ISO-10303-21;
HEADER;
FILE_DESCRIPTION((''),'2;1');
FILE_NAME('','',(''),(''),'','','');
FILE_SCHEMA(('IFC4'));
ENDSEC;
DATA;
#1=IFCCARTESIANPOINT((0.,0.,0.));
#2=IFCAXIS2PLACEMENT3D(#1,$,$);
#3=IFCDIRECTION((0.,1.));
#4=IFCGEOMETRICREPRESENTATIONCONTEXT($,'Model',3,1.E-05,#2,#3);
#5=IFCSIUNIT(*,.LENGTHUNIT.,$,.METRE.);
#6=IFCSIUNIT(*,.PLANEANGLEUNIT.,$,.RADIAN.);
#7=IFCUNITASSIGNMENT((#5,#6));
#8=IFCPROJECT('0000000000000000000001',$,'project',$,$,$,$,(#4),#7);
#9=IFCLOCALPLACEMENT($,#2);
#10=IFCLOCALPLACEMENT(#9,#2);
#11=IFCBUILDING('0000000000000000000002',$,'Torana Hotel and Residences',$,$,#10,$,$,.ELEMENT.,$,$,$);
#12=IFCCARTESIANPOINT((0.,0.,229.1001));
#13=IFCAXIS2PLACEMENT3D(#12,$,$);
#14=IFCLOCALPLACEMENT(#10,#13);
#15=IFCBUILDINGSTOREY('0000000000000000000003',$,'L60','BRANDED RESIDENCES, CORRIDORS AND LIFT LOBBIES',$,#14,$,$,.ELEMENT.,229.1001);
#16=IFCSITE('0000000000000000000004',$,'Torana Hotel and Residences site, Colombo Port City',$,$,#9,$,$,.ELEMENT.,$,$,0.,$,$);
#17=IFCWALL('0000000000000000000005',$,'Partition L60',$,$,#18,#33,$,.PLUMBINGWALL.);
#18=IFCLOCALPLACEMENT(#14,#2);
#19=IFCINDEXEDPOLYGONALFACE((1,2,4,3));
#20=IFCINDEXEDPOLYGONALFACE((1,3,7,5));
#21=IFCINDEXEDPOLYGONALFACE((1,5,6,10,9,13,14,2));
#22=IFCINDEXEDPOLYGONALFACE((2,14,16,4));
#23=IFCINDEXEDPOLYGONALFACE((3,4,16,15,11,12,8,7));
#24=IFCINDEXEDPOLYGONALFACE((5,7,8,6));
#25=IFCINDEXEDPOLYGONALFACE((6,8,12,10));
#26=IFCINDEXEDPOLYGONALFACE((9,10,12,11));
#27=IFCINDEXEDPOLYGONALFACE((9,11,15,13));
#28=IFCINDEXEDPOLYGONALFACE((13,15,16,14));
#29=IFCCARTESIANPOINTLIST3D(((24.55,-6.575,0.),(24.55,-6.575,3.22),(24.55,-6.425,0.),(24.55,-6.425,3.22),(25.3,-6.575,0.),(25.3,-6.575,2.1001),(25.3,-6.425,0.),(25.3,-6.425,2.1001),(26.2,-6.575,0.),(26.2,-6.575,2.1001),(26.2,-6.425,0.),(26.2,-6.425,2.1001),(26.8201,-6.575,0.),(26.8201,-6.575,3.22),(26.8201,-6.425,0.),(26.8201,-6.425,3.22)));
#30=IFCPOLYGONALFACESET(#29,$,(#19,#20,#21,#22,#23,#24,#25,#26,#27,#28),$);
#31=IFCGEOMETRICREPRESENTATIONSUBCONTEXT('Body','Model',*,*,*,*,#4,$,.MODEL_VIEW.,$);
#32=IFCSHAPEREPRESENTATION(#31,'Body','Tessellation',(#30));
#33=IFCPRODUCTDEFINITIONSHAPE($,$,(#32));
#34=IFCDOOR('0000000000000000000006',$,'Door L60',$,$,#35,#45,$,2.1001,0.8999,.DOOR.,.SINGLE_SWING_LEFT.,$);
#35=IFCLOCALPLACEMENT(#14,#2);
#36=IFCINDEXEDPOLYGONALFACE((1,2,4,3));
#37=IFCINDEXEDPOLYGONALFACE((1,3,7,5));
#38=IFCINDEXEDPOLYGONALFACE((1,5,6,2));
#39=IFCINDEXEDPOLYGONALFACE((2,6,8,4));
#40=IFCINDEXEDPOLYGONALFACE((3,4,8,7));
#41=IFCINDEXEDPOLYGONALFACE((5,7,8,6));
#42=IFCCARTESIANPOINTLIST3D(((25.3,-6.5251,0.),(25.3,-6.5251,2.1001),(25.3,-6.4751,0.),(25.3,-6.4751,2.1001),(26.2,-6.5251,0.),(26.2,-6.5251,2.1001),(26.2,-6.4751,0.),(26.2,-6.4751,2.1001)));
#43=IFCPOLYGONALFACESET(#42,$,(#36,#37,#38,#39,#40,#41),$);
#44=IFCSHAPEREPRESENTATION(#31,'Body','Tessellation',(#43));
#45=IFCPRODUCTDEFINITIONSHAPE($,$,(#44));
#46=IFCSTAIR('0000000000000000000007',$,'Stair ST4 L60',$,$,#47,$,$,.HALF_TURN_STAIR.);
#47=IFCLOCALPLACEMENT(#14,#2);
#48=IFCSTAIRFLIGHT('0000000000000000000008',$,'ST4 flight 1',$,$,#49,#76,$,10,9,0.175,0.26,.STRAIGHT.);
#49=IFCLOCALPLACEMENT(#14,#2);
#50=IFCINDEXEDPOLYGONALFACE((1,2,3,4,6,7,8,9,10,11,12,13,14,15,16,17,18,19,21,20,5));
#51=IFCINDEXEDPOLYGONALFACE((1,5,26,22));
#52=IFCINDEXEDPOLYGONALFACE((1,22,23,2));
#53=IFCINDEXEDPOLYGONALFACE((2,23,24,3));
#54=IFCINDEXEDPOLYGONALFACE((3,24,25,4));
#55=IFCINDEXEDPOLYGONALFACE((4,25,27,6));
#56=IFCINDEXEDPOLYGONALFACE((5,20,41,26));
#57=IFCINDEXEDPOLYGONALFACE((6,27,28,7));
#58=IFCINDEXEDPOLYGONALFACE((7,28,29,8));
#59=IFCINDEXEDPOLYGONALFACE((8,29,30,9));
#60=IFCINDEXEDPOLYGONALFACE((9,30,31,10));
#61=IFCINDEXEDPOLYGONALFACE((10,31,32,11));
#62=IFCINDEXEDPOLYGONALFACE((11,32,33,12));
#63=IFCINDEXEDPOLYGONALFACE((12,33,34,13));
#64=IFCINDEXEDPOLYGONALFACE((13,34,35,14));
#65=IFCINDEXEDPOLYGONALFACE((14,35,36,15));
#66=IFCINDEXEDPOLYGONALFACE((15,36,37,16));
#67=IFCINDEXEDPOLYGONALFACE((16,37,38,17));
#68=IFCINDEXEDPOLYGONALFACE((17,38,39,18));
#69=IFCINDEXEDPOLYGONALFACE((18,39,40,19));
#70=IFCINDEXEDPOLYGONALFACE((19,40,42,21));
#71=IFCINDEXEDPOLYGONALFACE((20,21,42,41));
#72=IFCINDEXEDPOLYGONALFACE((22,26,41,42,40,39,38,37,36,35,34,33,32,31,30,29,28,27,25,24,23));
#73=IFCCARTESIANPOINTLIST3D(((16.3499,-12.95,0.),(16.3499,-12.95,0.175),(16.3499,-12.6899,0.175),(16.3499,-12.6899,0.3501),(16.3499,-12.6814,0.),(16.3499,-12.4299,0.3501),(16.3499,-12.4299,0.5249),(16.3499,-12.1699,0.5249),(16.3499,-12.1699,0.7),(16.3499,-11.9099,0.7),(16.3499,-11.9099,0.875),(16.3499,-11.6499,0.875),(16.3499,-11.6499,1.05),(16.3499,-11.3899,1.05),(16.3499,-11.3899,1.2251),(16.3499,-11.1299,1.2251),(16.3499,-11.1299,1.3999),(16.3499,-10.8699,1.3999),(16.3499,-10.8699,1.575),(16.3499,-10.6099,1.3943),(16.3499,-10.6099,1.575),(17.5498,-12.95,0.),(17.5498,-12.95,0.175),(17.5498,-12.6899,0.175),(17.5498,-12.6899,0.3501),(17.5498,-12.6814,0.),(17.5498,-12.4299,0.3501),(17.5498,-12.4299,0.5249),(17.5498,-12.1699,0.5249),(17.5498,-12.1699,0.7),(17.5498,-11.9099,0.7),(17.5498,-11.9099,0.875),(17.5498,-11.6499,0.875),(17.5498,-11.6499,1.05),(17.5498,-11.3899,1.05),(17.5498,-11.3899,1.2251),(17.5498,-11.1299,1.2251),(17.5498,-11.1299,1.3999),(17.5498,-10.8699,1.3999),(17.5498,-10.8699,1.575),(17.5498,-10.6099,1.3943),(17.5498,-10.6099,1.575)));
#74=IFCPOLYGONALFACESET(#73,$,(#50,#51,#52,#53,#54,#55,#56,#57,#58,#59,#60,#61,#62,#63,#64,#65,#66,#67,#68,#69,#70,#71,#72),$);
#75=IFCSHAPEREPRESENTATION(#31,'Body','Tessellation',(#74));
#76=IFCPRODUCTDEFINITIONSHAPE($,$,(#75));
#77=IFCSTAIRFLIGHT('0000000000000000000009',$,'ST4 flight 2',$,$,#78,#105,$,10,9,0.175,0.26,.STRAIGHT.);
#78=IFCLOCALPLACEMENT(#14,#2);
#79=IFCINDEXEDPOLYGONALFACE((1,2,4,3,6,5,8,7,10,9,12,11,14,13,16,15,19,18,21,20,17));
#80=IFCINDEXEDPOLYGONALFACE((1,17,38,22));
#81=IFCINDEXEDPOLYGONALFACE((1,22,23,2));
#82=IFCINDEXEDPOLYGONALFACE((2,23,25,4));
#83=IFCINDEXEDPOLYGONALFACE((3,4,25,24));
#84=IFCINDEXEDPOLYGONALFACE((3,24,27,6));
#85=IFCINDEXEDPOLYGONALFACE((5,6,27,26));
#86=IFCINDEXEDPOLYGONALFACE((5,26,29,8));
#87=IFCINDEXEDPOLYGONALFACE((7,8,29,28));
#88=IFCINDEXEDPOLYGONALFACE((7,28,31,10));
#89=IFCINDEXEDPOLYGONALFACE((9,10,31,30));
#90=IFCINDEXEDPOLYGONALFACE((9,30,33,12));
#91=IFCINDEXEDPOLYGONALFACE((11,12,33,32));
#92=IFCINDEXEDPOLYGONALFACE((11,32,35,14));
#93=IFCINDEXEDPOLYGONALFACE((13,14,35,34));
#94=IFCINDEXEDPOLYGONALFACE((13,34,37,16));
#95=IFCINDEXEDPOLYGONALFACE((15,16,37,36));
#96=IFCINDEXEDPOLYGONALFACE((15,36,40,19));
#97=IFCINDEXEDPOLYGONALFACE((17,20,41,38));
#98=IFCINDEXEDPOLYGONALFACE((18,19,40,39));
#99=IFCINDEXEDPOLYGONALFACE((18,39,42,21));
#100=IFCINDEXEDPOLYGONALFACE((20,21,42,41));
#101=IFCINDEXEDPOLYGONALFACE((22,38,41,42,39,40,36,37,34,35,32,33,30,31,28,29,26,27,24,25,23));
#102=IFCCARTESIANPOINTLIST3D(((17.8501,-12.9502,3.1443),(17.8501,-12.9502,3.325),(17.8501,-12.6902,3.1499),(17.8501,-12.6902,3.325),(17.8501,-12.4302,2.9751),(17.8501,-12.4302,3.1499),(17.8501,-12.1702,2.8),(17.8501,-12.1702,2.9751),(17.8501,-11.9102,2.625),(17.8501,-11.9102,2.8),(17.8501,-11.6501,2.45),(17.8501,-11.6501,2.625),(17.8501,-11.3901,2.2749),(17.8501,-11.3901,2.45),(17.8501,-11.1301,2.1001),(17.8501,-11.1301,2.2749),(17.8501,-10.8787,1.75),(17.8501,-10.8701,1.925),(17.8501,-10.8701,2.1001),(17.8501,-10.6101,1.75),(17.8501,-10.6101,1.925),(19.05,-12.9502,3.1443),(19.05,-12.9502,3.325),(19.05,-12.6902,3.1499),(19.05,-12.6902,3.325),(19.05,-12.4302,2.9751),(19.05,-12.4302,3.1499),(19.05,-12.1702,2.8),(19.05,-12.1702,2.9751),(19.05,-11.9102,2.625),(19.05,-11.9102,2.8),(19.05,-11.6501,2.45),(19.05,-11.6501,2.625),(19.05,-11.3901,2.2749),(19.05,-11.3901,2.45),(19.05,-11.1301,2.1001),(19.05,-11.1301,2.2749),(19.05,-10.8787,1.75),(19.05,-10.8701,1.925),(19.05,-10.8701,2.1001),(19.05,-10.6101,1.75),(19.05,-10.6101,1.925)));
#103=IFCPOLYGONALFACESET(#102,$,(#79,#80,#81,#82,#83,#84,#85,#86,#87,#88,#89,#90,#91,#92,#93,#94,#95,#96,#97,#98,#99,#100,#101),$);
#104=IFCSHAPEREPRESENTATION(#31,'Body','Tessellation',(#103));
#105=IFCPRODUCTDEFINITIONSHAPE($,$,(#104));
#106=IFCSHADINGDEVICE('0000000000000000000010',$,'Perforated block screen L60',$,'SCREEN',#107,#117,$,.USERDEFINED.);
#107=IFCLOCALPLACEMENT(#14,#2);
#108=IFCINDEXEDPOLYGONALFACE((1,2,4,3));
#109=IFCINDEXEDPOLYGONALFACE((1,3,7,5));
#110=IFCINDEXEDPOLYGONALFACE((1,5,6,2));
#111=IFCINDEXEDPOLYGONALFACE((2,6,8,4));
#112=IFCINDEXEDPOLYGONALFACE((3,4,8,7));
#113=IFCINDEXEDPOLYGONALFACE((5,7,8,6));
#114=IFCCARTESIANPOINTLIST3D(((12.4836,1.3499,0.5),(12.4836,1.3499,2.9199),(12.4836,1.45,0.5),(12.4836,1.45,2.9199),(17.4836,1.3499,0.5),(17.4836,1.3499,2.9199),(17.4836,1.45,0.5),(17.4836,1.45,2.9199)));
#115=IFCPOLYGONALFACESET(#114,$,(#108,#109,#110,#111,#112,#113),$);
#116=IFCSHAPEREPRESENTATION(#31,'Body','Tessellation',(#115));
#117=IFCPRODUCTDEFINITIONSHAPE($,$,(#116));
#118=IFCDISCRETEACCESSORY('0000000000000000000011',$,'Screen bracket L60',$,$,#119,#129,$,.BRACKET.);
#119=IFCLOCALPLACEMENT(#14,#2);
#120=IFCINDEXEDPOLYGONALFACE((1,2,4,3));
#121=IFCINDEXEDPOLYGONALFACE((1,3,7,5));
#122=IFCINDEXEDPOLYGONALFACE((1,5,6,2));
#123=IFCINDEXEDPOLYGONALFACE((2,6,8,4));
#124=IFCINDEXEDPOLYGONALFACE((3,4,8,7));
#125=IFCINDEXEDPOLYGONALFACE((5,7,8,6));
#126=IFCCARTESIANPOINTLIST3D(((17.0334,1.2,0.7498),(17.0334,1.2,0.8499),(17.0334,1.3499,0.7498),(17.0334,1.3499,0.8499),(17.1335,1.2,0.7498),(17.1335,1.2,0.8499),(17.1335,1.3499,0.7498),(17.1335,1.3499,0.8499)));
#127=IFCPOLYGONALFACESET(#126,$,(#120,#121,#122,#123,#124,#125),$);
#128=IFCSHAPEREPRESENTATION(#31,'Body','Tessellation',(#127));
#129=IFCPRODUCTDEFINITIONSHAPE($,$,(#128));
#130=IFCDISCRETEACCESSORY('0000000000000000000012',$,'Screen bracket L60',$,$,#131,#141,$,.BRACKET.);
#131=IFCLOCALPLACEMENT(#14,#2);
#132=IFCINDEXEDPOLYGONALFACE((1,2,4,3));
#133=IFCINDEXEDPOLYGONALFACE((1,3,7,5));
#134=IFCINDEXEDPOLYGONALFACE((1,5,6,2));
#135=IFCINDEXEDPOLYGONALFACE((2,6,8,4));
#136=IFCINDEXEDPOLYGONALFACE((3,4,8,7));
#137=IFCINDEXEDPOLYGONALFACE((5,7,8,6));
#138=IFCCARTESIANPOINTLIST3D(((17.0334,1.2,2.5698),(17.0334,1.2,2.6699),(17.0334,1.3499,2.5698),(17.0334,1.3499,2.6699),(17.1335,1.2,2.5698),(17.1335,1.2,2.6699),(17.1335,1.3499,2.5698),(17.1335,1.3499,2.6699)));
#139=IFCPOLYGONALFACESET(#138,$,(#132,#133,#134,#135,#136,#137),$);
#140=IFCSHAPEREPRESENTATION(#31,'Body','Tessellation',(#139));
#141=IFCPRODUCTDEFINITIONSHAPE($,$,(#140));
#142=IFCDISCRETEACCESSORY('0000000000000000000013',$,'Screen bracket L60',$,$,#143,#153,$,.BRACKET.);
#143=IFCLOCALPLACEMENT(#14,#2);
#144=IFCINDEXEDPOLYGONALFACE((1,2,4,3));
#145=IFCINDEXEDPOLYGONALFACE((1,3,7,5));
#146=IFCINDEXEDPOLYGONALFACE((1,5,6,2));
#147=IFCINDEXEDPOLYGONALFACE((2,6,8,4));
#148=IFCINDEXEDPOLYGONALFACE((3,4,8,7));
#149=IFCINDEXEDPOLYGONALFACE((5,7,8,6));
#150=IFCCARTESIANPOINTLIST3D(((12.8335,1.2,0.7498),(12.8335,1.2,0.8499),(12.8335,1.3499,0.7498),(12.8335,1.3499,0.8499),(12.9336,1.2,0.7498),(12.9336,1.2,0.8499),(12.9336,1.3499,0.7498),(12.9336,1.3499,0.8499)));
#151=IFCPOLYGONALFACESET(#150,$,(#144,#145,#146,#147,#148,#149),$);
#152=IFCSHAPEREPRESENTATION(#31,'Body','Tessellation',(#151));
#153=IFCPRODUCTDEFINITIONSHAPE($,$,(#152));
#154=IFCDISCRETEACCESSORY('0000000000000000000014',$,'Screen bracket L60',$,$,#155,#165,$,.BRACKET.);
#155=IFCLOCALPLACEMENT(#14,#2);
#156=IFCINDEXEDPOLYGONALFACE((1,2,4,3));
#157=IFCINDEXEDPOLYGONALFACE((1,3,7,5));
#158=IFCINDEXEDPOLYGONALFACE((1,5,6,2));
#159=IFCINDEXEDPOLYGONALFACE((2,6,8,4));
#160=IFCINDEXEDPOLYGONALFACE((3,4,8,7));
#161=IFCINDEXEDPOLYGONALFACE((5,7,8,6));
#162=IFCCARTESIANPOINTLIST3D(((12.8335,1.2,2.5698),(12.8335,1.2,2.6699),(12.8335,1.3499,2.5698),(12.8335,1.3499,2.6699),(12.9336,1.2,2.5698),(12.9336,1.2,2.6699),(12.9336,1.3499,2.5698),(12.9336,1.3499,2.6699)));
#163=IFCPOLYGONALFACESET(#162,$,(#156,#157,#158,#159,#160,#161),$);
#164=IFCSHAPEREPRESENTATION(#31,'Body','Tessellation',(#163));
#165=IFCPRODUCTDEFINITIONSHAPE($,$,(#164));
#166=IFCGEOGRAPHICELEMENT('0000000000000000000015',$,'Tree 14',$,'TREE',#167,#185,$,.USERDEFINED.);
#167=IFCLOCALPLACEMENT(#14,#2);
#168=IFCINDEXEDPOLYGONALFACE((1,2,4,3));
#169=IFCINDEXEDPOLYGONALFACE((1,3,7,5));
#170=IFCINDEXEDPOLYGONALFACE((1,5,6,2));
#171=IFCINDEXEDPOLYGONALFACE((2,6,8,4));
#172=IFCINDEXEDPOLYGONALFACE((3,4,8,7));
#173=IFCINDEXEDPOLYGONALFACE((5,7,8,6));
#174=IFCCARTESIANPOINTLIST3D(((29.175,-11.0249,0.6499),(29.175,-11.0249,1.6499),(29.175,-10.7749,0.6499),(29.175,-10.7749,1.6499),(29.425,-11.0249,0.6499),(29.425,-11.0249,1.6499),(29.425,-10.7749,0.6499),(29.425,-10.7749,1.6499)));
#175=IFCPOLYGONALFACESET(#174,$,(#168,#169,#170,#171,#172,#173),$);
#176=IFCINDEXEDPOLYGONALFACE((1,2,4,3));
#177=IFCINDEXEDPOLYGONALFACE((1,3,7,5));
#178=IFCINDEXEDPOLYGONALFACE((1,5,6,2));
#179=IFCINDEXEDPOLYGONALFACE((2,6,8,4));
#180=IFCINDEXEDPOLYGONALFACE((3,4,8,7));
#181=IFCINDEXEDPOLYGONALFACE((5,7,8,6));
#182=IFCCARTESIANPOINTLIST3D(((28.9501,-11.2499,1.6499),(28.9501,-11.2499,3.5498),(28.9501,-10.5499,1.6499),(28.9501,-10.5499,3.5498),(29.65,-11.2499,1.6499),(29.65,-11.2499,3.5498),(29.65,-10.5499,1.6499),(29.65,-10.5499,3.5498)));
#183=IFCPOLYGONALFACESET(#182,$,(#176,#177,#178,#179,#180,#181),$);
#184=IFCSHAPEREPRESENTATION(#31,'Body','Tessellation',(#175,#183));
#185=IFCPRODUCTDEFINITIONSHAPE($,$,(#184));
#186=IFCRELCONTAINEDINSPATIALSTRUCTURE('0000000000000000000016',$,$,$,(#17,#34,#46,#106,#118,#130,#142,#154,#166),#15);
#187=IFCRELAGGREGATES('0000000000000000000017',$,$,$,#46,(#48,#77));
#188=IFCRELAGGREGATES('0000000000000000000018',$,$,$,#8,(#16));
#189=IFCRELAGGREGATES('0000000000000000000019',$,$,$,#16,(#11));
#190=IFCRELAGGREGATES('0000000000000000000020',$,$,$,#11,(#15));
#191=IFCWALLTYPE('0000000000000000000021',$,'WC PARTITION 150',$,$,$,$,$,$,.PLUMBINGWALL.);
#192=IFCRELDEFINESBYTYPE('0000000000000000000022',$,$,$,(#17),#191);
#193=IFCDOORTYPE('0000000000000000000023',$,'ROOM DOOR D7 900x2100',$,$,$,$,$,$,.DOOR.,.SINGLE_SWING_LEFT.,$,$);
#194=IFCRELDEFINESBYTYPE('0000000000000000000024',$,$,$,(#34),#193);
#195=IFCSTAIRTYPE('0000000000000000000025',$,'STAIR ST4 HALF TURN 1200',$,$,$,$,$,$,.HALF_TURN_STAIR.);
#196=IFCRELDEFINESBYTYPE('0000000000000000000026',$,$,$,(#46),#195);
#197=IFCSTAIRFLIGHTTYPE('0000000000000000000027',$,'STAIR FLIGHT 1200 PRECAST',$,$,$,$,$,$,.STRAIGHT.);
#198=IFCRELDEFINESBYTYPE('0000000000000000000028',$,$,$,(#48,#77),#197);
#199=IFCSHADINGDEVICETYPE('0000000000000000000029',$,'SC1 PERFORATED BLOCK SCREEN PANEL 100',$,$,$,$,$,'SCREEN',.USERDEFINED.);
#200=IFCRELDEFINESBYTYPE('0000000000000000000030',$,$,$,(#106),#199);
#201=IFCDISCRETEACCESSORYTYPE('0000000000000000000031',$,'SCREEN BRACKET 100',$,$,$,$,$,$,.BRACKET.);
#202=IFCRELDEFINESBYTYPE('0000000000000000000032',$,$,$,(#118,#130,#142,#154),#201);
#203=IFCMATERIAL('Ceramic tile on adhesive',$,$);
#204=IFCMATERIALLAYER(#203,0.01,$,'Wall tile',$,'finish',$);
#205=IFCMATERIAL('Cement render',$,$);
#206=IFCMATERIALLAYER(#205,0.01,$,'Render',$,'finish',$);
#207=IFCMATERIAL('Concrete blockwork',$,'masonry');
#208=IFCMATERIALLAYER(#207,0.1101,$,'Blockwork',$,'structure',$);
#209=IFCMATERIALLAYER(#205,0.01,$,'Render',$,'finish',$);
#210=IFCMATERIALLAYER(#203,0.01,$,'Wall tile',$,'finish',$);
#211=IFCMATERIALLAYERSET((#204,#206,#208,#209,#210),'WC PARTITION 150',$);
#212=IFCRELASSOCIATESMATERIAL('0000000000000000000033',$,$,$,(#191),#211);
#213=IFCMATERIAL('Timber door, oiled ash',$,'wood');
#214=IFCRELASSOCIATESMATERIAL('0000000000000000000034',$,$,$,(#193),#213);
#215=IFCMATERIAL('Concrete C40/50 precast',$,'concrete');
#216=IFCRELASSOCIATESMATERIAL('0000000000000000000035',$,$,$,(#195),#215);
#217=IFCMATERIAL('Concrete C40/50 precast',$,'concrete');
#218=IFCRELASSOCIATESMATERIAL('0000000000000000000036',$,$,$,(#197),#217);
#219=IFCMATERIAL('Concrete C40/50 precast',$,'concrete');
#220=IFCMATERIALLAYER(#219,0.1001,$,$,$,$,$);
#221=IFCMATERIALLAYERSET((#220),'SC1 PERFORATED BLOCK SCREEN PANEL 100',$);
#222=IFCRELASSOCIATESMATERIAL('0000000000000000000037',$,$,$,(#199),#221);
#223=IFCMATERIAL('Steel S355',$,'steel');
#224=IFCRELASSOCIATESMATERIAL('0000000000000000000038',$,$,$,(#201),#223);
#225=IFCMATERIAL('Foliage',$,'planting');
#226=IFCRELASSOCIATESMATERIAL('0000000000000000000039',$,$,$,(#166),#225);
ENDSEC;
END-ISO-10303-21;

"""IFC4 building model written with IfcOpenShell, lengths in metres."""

from ifc_helpers import new_model, si_unit, direction, frame, frame_2d, origin, origin_2d, place, context, subcontext, project, spatial, polyline, rectangle, outline, extrude, material, layer, layer_set, type_object, element, fill, aggregate, save


model = new_model("IFC4")

# Units and contexts
model_context = context("Model", 3, precision=1e-05, world=origin(), true_north=direction((0.0, 1.0)))
body_context = subcontext(model_context, "Body", "Model", "MODEL_VIEW")
ifc_project = project(units=[si_unit("LENGTHUNIT", "METRE"), si_unit("PLANEANGLEUNIT", "RADIAN")], contexts=[model_context])

# Site, building, storey
site_placement = place(None, origin())
site = spatial("IfcSite", under=ifc_project, at=site_placement, Name="Torana Hotel and Residences site, Colombo Port City", CompositionType="ELEMENT", RefElevation=0.0)
building_placement = place(site_placement, origin())
building = spatial("IfcBuilding", under=site, at=building_placement, Name="Torana Hotel and Residences", CompositionType="ELEMENT")
storey_placement = place(building_placement, frame((0.0, 0.0, 229.1001)))
storey = spatial("IfcBuildingStorey", under=building, at=storey_placement, Name="L60", Description="BRANDED RESIDENCES, CORRIDORS AND LIFT LOBBIES", CompositionType="ELEMENT", Elevation=229.1001)

# Shared definitions
ifc_material_1 = material(Name="Concrete blockwork", Category="masonry")

# Wall, opening, door
ifc_material_2 = material(Name="Ceramic tile on adhesive")
ifc_layer_1 = layer(ifc_material_2, 0.01, Name="Wall tile", Category="finish")
ifc_material_3 = material(Name="Cement render")
ifc_layer_2 = layer(ifc_material_3, 0.01, Name="Render", Category="finish")
ifc_layer_3 = layer(ifc_material_1, 0.1101, Name="Blockwork", Category="structure")
ifc_layer_4 = layer(ifc_material_3, 0.01, Name="Render", Category="finish")
ifc_layer_5 = layer(ifc_material_2, 0.01, Name="Wall tile", Category="finish")
ifc_layer_set_1 = layer_set([ifc_layer_1, ifc_layer_2, ifc_layer_3, ifc_layer_4, ifc_layer_5], Name="WC PARTITION 150")
wall_type_1 = type_object("IfcWallType", Name="WC PARTITION 150", PredefinedType="PLUMBINGWALL", material=ifc_layer_set_1)
wall_1_placement = place(storey_placement, frame((24.55, -6.5, 0.0), z_axis=(0.0, 0.0, 1.0), x_axis=(1.0, 0.0, 0.0)))
wall_1 = element("IfcWall", 1, at=wall_1_placement, inside=storey, type_object=wall_type_1, Name="Partition L60", PredefinedType="PLUMBINGWALL", context=body_context, shape_type="SweptSolid", body=[
    extrude(rectangle(XDim=2.27, YDim=0.1499, at=frame_2d((1.135, 0.0))), origin(), (0.0, 0.0, 1.0), 3.22),
])
opening_1_placement = place(wall_1_placement, frame((0.75, 0.0, 0.0)))
opening_1 = element("IfcOpeningElement", 2, at=opening_1_placement, cuts=wall_1, PredefinedType="OPENING", context=body_context, shape_type="SweptSolid", body=[
    extrude(rectangle(XDim=0.8999, YDim=2.1001, at=frame_2d((0.45, 1.05))), frame((0.0, 0.085, 0.0), z_axis=(0.0, -1.0, 0.0), x_axis=(1.0, 0.0, 0.0)), (0.0, 0.0, 1.0), 0.1699),
])
ifc_material_4 = material(Name="Timber door, oiled ash", Category="wood")
door_type_1 = type_object("IfcDoorType", Name="ROOM DOOR D7 900x2100", OperationType="SINGLE_SWING_LEFT", PredefinedType="DOOR", material=ifc_material_4)
door_1_placement = place(opening_1_placement, origin())
door_1 = element("IfcDoor", 3, at=door_1_placement, inside=storey, type_object=door_type_1, Name="Door L60", OperationType="SINGLE_SWING_LEFT", OverallHeight=2.1001, OverallWidth=0.8999, PredefinedType="DOOR", context=body_context, shape_type="SweptSolid", body=[
    extrude(rectangle(XDim=0.8999, YDim=2.1001, at=frame_2d((0.45, 1.05))), frame((0.0, 0.0249, 0.0), z_axis=(0.0, -1.0, 0.0), x_axis=(1.0, 0.0, 0.0)), (0.0, 0.0, 1.0), 0.05),
])
fill(opening_1, door_1)

# Stair, stair flights
ifc_material_5 = material(Name="Concrete C40/50 precast", Category="concrete")
stair_type = type_object("IfcStairType", Name="STAIR ST4 HALF TURN 1200", PredefinedType="HALF_TURN_STAIR", material=ifc_material_5)
stair_placement = place(storey_placement, origin())
stair = element("IfcStair", 4, at=stair_placement, inside=storey, type_object=stair_type, Name="Stair ST4 L60", PredefinedType="HALF_TURN_STAIR")
ifc_material_6 = material(Name="Concrete C40/50 precast", Category="concrete")
stair_flight_type = type_object("IfcStairFlightType", Name="STAIR FLIGHT 1200 PRECAST", PredefinedType="STRAIGHT", material=ifc_material_6)
stair_flight_1_placement = place(storey_placement, frame((16.95, -12.95, 0.0), z_axis=(0.0, 0.0, 1.0), x_axis=(0.0, 1.0, 0.0)))
stair_flight_1 = element("IfcStairFlight", 5, at=stair_flight_1_placement, type_object=stair_flight_type, Name="ST4 flight 1", NumberOfRisers=10, NumberOfTreads=9, PredefinedType="STRAIGHT", RiserHeight=0.175, TreadLength=0.26, context=body_context, shape_type="SweptSolid", body=[
    extrude(outline(polyline([(0.0, 0.0), (0.0, 0.175), (0.26, 0.175), (0.26, 0.3501), (0.52, 0.3501), (0.52, 0.5249), (0.78, 0.5249), (0.78, 0.7), (1.04, 0.7), (1.04, 0.875), (1.3, 0.875), (1.3, 1.05), (1.5601, 1.05), (1.5601, 1.2251), (1.8201, 1.2251), (1.8201, 1.3999), (2.0801, 1.3999), (2.0801, 1.575), (2.3401, 1.575), (2.3401, 1.75), (2.3401, 1.3943), (0.2686, 0.0), (0.0, 0.0)])), frame((0.0, 0.6001, 0.0), z_axis=(0.0, -1.0, 0.0), x_axis=(1.0, 0.0, 0.0)), (0.0, 0.0, 1.0), 1.2),
])
stair_flight_2_placement = place(storey_placement, frame((18.45, -10.6101, 1.75), z_axis=(0.0, 0.0, 1.0), x_axis=(0.0, -1.0, 0.0)))
stair_flight_2 = element("IfcStairFlight", 6, at=stair_flight_2_placement, type_object=stair_flight_type, Name="ST4 flight 2", NumberOfRisers=10, NumberOfTreads=9, PredefinedType="STRAIGHT", RiserHeight=0.175, TreadLength=0.26, context=body_context, shape_type="SweptSolid", body=[
    extrude(outline(polyline([(0.0, 0.0), (0.0, 0.175), (0.26, 0.175), (0.26, 0.3501), (0.52, 0.3501), (0.52, 0.5249), (0.78, 0.5249), (0.78, 0.7), (1.04, 0.7), (1.04, 0.875), (1.3, 0.875), (1.3, 1.05), (1.5601, 1.05), (1.5601, 1.2251), (1.8201, 1.2251), (1.8201, 1.3999), (2.0801, 1.3999), (2.0801, 1.575), (2.3401, 1.575), (2.3401, 1.75), (2.3401, 1.3943), (0.2686, 0.0), (0.0, 0.0)])), frame((0.0, 0.6001, 0.0), z_axis=(0.0, -1.0, 0.0), x_axis=(1.0, 0.0, 0.0)), (0.0, 0.0, 1.0), 1.2),
])
aggregate(stair, [stair_flight_1, stair_flight_2])

# Shading device
ifc_material_7 = material(Name="Concrete C40/50 precast", Category="concrete")
ifc_layer_6 = layer(ifc_material_7, 0.1001)
ifc_layer_set_2 = layer_set([ifc_layer_6], Name="SC1 PERFORATED BLOCK SCREEN PANEL 100")
shading_device_type = type_object("IfcShadingDeviceType", Name="SC1 PERFORATED BLOCK SCREEN PANEL 100", ElementType="SCREEN", PredefinedType="USERDEFINED", material=ifc_layer_set_2)
shading_device_placement = place(storey_placement, frame((14.9836, 1.3999, 0.5), z_axis=(0.0, 0.0, 1.0), x_axis=(-1.0, 0.0, 0.0)))
element("IfcShadingDevice", 7, at=shading_device_placement, inside=storey, type_object=shading_device_type, Name="Perforated block screen L60", ObjectType="SCREEN", PredefinedType="USERDEFINED", context=body_context, shape_type="SweptSolid", body=[
    extrude(rectangle(XDim=5.0, YDim=0.1001, at=origin_2d()), origin(), (0.0, 0.0, 1.0), 2.4199),
])

# Discrete accessories
ifc_material_8 = material(Name="Steel S355", Category="steel")
discrete_accessory_type = type_object("IfcDiscreteAccessoryType", Name="SCREEN BRACKET 100", PredefinedType="BRACKET", material=ifc_material_8)
for number, where, z_axis, x_axis, name in (
    (8, (17.0835, 1.2749, 0.7498), (0.0, 0.0, 1.0), (-1.0, 0.0, 0.0), "Screen bracket L60"),
    (9, (17.0835, 1.2749, 2.5698), (0.0, 0.0, 1.0), (-1.0, 0.0, 0.0), "Screen bracket L60"),
    (10, (12.8835, 1.2749, 0.7498), (0.0, 0.0, 1.0), (-1.0, 0.0, 0.0), "Screen bracket L60"),
    (11, (12.8835, 1.2749, 2.5698), (0.0, 0.0, 1.0), (-1.0, 0.0, 0.0), "Screen bracket L60"),
):
    element("IfcDiscreteAccessory", number, at=place(storey_placement, frame(where, z_axis=z_axis, x_axis=x_axis)), inside=storey, type_object=discrete_accessory_type, Name=name, PredefinedType="BRACKET", context=body_context, shape_type="SweptSolid", body=[
        extrude(rectangle(XDim=0.1001, YDim=0.1499, at=origin_2d()), origin(), (0.0, 0.0, 1.0), 0.1001),
    ])

# Geographic element
ifc_material_9 = material(Name="Foliage", Category="planting")
geographic_element_placement = place(storey_placement, frame((29.3, -10.8999, 0.6499), z_axis=(0.0, 0.0, 1.0), x_axis=(1.0, 0.0, 0.0)))
element("IfcGeographicElement", 12, at=geographic_element_placement, inside=storey, material=ifc_material_9, Name="Tree 14", ObjectType="TREE", PredefinedType="USERDEFINED", context=body_context, shape_type="SweptSolid", body=[
    extrude(rectangle(XDim=0.25, YDim=0.25, at=origin_2d()), origin(), (0.0, 0.0, 1.0), 1.0),
    extrude(rectangle(XDim=0.7, YDim=0.7, at=origin_2d()), frame((0.0, 0.0, 1.0)), (0.0, 0.0, 1.0), 1.8999),
])

save(model, "model.ifc")
